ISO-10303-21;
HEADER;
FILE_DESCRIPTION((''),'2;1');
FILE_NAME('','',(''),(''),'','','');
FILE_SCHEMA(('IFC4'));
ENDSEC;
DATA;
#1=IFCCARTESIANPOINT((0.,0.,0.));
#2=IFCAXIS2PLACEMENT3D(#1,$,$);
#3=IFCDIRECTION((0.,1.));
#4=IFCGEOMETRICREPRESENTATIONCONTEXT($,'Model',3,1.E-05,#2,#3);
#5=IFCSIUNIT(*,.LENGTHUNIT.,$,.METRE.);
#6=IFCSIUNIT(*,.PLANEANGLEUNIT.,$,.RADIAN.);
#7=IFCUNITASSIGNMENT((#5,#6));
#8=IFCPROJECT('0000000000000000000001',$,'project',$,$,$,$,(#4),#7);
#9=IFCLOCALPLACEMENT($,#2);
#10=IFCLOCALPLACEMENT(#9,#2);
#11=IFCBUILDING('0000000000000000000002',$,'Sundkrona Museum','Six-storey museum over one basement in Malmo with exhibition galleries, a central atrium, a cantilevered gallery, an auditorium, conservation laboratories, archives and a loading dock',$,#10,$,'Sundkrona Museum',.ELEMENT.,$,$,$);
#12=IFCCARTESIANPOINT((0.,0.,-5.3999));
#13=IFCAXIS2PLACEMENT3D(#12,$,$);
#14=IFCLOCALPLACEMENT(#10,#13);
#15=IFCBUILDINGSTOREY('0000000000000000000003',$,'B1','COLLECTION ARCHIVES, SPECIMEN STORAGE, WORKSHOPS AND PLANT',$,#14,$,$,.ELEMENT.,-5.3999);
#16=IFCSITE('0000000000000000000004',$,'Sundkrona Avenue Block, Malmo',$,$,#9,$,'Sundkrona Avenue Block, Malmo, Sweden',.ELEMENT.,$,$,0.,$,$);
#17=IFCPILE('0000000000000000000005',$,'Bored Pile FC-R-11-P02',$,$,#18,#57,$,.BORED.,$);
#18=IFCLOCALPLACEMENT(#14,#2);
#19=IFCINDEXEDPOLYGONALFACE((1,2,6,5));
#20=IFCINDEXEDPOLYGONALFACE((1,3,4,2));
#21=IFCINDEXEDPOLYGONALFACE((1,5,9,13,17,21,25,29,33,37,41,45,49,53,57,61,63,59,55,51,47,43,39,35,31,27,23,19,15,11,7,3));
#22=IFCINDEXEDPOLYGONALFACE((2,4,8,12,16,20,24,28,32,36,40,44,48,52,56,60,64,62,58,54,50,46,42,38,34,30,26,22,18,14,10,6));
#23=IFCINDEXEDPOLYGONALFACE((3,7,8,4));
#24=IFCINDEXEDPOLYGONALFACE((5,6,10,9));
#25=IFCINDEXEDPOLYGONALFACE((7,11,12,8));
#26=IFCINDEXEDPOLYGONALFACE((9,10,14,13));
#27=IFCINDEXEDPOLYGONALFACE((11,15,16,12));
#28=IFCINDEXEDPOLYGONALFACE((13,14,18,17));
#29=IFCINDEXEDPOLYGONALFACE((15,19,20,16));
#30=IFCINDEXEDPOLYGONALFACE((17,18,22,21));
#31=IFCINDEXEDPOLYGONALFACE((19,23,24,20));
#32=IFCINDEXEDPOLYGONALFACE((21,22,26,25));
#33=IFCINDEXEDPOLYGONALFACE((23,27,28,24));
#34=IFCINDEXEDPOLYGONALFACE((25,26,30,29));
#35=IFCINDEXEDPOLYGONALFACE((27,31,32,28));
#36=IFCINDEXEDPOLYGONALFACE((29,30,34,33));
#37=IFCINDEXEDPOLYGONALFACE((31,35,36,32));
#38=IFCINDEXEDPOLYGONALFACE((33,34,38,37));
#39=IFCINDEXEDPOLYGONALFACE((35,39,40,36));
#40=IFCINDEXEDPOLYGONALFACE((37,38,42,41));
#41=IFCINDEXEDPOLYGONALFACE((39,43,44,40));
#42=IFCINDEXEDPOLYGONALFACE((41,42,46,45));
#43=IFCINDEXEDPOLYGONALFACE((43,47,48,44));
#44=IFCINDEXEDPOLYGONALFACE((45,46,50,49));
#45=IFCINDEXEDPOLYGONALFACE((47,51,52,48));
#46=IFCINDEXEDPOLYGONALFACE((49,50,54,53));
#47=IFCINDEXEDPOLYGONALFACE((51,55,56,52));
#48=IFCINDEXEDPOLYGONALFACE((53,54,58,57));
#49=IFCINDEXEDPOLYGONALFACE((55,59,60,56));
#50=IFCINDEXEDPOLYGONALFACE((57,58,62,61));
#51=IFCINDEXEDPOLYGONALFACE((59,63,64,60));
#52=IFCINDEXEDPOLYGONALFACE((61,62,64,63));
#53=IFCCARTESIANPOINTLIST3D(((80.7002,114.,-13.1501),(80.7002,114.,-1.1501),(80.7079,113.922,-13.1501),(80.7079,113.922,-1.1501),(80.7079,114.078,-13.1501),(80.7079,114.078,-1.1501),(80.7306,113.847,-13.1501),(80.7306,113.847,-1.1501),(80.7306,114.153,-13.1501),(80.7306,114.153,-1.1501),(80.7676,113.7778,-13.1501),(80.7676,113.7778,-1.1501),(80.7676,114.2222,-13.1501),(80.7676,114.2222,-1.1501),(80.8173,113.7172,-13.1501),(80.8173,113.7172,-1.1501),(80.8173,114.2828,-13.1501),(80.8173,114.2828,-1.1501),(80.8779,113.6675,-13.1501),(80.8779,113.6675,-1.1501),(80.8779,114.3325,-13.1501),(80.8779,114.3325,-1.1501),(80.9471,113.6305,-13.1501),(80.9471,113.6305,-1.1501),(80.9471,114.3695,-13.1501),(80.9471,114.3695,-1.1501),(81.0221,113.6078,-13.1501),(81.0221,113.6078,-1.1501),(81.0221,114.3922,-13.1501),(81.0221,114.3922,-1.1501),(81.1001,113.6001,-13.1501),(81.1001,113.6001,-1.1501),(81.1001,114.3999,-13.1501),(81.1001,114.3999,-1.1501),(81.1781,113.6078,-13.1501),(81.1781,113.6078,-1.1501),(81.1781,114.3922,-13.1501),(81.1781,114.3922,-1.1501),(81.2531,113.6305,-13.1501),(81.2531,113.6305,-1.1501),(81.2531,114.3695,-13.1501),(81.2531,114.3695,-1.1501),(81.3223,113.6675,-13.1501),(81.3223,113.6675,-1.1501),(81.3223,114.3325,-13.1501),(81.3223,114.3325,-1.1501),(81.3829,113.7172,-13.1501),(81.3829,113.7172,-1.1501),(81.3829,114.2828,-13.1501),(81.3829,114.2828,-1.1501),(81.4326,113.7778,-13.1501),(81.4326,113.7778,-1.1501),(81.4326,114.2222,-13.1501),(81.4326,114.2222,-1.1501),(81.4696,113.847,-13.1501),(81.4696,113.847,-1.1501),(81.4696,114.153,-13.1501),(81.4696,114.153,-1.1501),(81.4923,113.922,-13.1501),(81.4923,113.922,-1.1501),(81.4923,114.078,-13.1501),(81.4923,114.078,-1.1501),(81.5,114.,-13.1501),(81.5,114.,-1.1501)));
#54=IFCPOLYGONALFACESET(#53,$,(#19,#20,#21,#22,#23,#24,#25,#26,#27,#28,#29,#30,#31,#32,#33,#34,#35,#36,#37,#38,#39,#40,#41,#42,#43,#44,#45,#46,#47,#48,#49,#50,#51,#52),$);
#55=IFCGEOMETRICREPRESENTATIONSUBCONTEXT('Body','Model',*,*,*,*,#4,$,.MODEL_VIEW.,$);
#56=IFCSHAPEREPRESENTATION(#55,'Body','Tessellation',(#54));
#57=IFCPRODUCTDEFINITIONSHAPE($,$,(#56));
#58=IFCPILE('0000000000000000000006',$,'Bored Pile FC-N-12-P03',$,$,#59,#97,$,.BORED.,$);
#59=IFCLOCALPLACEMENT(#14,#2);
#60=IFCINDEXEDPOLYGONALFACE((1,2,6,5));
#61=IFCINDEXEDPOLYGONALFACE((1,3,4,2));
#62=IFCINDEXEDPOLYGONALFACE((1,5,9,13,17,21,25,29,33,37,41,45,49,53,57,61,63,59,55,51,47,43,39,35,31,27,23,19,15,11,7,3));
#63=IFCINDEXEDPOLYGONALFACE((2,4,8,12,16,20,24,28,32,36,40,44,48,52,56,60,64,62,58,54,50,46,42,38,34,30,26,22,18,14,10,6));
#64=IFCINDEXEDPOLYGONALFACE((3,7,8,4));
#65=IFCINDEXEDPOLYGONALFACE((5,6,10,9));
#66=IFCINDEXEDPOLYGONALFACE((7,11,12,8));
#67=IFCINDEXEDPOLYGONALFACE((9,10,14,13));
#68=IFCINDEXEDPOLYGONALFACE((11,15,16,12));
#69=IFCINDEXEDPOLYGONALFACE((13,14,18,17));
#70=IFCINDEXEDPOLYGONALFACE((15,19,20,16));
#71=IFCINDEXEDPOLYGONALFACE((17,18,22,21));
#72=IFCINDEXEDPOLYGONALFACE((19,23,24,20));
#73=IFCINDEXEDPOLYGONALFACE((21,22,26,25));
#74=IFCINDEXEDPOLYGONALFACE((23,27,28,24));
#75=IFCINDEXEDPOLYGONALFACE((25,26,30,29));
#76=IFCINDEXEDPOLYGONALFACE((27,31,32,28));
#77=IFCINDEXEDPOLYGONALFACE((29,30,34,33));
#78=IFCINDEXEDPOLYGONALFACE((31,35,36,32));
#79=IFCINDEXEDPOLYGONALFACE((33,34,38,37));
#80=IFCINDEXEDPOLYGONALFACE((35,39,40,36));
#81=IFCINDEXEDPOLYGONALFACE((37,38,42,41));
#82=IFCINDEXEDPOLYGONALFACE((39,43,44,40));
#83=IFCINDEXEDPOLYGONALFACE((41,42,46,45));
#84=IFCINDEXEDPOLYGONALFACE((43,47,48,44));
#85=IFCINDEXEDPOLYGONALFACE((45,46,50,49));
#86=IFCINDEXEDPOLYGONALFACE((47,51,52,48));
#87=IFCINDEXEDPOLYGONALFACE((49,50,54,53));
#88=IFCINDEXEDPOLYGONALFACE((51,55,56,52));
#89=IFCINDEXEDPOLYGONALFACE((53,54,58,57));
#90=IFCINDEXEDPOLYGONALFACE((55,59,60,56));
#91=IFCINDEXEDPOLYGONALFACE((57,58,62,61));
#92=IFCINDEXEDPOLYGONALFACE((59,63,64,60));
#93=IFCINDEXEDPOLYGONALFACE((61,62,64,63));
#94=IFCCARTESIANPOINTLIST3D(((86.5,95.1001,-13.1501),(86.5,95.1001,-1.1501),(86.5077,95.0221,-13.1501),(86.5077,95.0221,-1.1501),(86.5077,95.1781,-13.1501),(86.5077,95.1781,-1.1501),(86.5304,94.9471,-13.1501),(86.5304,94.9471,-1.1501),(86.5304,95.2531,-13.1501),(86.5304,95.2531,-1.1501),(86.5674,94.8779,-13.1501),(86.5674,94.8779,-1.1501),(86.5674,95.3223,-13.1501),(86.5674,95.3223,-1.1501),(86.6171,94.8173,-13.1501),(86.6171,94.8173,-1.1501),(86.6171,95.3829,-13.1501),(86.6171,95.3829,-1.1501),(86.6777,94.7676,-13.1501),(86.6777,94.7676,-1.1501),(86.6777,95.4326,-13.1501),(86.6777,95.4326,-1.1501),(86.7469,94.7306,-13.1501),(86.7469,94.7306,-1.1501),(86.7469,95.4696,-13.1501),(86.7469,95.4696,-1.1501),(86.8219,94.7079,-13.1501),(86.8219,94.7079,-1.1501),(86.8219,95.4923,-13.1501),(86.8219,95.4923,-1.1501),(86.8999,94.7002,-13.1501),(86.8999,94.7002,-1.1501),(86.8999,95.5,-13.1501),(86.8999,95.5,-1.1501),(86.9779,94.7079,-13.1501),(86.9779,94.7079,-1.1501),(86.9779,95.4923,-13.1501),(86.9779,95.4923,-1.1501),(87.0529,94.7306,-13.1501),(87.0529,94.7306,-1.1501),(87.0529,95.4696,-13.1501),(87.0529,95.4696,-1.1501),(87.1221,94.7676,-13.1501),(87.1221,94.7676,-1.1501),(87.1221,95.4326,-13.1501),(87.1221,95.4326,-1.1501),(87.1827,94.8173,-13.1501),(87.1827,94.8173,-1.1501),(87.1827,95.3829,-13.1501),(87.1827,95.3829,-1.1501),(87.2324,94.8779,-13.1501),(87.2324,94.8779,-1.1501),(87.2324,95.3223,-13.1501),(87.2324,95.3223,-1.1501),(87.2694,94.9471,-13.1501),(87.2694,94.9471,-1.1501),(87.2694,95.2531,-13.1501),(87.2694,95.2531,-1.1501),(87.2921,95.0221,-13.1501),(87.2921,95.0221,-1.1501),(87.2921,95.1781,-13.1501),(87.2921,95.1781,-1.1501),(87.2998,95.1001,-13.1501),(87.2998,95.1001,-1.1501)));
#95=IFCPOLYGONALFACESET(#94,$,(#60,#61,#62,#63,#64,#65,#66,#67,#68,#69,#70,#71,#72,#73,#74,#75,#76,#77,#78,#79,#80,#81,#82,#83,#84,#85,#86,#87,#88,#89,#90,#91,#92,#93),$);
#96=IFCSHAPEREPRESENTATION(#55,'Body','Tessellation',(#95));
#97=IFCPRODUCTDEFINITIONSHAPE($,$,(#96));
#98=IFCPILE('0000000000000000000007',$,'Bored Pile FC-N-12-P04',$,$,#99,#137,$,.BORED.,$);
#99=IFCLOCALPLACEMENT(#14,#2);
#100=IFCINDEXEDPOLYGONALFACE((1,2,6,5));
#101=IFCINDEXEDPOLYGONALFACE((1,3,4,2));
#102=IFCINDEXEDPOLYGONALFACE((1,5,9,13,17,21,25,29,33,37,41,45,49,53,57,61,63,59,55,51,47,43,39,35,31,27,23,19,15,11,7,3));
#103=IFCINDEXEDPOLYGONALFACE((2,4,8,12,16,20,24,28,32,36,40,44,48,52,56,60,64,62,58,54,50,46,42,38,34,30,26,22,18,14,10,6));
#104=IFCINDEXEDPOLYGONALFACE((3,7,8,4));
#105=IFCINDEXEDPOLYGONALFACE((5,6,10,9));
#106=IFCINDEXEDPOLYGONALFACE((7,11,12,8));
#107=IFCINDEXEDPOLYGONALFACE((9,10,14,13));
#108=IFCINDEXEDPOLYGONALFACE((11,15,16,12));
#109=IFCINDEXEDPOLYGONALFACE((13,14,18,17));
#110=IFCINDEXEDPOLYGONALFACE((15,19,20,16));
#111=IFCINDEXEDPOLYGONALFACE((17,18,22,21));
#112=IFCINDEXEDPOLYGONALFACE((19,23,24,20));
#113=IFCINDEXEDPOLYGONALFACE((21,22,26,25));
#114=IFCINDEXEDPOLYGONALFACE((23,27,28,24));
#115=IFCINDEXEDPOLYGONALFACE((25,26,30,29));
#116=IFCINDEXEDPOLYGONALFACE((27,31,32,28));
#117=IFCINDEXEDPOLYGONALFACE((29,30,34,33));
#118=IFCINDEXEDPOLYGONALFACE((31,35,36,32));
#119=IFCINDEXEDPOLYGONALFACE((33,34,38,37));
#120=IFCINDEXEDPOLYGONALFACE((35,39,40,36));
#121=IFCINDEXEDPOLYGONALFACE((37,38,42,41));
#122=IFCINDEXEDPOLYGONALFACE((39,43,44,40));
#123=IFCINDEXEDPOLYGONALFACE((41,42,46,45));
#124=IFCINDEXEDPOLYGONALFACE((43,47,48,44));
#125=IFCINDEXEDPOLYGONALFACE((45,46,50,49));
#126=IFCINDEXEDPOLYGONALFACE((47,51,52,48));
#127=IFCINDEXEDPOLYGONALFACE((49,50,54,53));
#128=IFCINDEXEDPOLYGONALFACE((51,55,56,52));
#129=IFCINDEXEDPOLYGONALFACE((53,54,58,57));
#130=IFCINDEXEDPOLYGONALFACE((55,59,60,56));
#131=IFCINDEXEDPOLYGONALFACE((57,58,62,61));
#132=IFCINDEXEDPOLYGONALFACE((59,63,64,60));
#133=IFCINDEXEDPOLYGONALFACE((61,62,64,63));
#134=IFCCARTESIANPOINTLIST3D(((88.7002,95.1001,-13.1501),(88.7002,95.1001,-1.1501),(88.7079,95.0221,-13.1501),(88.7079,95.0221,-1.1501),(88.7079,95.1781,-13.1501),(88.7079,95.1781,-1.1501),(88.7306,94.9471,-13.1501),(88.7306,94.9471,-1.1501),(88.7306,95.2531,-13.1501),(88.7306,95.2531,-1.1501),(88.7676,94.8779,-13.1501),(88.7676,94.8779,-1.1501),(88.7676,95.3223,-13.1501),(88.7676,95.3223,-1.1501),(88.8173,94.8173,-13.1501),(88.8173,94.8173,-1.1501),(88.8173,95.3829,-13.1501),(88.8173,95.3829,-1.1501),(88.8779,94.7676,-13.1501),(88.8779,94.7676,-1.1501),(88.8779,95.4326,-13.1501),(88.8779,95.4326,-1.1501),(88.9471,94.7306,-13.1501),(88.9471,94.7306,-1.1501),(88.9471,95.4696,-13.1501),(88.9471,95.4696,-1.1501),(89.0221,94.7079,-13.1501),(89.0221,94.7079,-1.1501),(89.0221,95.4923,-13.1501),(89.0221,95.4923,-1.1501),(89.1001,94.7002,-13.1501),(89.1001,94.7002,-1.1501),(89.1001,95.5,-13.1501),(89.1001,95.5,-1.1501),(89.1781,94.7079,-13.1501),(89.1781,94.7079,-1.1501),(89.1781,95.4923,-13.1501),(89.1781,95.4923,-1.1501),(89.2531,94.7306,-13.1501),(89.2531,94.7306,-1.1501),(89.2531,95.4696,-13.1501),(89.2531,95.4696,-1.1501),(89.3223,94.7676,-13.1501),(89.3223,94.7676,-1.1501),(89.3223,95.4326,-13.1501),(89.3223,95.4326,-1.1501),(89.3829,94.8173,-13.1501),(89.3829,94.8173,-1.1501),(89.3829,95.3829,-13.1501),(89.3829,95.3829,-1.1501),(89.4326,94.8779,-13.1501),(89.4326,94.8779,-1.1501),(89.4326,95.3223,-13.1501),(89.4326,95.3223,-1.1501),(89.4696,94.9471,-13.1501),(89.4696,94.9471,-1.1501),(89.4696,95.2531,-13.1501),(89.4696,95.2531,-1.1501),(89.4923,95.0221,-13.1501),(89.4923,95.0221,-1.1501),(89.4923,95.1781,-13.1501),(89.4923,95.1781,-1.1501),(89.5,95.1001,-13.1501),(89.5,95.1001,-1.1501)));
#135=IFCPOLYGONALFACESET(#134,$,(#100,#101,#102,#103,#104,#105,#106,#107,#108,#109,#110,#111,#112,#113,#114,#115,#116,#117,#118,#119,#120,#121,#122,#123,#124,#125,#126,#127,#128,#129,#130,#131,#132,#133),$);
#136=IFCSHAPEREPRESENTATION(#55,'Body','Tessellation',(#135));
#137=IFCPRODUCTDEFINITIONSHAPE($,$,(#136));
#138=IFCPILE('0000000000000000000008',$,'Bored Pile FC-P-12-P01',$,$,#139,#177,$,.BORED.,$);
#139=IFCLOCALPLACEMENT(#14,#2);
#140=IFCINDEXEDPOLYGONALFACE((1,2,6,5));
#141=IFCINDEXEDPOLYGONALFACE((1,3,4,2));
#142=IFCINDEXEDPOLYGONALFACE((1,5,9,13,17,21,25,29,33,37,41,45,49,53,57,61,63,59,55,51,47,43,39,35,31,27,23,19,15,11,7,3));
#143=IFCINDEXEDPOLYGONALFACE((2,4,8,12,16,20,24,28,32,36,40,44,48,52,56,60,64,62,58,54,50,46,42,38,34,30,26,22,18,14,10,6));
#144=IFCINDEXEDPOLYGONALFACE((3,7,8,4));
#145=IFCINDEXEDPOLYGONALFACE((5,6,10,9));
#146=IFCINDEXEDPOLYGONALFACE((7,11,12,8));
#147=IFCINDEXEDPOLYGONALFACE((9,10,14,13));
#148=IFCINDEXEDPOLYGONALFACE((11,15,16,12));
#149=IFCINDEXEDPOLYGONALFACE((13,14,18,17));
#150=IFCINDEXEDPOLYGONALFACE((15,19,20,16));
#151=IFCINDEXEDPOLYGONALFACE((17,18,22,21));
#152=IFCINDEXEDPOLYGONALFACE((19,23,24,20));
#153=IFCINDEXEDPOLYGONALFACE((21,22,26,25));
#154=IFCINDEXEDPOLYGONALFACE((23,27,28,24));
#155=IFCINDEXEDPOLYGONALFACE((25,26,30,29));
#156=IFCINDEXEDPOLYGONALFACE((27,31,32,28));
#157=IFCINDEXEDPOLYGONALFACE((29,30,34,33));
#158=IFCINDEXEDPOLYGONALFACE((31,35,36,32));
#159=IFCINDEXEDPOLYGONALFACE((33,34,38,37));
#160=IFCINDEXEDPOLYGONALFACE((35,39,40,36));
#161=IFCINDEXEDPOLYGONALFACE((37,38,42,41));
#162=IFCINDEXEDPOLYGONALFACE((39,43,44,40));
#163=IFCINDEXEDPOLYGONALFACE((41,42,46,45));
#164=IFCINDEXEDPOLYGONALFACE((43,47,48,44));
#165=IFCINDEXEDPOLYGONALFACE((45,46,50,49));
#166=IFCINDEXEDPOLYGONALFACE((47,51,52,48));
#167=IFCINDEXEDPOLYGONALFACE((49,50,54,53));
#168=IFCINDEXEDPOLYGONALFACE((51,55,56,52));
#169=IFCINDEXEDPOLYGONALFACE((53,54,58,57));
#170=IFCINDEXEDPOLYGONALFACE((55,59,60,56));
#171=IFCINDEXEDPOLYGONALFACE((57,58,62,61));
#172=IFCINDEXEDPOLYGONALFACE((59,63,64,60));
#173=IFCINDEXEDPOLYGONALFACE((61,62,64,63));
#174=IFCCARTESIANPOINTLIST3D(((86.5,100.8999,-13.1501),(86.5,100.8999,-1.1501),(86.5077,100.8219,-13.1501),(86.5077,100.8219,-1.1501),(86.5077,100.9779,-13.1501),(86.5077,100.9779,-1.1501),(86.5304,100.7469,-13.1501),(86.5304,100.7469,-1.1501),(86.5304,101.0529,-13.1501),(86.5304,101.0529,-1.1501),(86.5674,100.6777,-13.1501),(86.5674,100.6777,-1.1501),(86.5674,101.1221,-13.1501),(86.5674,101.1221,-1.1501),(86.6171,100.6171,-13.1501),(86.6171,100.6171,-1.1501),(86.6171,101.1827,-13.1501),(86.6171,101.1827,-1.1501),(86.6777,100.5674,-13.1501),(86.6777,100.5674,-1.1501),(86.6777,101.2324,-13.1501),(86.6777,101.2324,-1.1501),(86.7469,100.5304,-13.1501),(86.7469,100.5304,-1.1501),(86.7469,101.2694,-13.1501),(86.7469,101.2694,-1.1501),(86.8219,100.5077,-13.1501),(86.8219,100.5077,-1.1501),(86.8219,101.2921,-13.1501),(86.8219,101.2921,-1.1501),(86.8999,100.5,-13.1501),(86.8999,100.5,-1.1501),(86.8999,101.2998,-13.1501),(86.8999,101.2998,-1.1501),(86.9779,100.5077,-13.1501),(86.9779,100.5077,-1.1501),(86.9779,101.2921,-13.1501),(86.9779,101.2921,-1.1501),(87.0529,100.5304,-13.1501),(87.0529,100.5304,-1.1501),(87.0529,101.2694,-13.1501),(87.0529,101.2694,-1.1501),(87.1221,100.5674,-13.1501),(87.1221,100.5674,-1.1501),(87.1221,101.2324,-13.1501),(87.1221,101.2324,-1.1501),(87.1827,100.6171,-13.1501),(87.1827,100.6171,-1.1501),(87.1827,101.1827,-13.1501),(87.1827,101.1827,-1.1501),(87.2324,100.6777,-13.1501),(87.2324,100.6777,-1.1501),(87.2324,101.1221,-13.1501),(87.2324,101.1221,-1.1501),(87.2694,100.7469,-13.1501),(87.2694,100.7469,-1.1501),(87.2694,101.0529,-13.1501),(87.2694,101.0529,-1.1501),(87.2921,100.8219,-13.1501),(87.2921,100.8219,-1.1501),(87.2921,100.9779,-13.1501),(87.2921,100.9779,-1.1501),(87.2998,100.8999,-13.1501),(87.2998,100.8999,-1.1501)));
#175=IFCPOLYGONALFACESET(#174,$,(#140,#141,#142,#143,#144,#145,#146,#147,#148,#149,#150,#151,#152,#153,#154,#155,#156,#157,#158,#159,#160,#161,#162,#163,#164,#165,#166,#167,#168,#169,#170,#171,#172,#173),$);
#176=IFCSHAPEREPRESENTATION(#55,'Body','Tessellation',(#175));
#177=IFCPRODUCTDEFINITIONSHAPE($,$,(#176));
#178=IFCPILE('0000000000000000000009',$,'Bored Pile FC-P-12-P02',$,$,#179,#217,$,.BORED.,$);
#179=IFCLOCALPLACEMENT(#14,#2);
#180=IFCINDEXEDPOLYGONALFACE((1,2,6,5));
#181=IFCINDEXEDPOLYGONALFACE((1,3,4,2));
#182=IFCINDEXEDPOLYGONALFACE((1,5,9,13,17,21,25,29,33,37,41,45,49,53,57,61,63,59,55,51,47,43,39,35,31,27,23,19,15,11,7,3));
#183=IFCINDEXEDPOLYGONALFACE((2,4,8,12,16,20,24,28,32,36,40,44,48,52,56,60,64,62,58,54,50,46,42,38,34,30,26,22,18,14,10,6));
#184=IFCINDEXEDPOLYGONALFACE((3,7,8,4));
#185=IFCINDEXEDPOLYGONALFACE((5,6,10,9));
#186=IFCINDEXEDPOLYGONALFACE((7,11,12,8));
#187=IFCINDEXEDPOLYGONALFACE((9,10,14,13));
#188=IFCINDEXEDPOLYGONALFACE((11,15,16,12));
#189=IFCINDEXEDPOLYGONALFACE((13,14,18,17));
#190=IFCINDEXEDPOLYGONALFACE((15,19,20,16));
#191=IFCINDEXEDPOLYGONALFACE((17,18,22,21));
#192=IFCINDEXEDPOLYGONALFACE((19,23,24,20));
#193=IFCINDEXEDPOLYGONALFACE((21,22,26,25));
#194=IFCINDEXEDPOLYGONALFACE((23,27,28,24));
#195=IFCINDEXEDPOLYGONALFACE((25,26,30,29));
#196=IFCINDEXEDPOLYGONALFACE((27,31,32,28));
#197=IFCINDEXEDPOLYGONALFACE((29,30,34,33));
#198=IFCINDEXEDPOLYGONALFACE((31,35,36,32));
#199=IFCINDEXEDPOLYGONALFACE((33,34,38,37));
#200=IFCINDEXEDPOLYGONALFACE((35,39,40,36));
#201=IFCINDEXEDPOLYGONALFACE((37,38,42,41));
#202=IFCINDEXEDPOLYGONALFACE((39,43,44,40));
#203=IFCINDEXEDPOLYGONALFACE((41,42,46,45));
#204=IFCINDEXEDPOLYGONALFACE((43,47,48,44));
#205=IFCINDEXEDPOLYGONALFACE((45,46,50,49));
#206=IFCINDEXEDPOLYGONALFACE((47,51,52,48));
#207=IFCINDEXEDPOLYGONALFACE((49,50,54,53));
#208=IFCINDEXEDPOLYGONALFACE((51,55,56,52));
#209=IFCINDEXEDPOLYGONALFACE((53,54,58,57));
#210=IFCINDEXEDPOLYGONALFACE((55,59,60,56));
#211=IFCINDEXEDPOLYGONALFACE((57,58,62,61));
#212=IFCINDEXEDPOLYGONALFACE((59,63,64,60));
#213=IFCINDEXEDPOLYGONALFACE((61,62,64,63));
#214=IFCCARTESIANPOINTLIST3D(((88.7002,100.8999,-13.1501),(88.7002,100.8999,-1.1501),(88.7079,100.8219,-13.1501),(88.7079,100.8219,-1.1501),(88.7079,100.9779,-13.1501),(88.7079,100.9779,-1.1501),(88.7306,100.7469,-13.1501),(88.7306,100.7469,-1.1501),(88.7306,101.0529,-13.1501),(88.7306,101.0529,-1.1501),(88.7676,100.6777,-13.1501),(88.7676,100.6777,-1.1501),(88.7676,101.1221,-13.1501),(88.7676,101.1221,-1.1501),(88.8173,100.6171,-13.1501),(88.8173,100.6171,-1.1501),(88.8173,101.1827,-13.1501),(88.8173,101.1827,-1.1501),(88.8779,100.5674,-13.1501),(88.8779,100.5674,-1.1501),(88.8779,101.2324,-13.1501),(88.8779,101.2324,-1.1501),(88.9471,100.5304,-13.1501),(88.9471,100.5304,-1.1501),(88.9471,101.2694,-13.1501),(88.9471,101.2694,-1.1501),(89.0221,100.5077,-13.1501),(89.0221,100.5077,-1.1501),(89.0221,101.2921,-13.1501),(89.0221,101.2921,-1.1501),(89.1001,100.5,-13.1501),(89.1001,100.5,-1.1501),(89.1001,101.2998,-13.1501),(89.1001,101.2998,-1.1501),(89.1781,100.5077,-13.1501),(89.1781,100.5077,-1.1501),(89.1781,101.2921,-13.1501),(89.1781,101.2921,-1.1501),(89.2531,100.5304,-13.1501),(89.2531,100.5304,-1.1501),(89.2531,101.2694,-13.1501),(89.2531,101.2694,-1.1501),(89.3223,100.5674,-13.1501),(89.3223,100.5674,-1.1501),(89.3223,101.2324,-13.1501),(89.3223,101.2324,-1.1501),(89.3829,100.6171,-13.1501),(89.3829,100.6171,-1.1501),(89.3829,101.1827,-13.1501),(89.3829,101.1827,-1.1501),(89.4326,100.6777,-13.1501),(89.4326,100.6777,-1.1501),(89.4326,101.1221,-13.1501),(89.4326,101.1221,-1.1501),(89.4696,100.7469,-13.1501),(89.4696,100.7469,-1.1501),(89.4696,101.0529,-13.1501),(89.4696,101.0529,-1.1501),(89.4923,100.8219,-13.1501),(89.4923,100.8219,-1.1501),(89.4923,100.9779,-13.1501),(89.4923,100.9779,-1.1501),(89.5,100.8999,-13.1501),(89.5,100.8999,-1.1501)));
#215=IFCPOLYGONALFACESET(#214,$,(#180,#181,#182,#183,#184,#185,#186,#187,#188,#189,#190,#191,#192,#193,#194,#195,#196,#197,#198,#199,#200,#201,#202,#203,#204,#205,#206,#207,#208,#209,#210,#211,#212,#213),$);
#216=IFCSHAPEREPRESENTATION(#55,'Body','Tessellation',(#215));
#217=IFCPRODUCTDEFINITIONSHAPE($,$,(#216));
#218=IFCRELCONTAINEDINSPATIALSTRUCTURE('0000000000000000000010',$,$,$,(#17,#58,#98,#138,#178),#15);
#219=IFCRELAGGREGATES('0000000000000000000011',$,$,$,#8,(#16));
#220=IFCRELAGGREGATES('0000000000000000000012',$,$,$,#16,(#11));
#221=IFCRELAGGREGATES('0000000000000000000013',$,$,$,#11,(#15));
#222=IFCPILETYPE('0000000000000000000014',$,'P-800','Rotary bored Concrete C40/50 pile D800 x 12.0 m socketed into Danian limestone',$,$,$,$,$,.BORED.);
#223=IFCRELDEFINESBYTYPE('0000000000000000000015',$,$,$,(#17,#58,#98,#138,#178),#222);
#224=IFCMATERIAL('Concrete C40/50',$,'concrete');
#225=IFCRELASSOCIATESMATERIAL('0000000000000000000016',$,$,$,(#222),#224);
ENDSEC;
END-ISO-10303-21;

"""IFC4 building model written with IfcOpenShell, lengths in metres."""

from ifc_helpers import new_model, si_unit, direction, frame, origin, origin_2d, place, context, subcontext, project, spatial, circle, extrude, material, material_profile, profile_set, type_object, element, save


model = new_model("IFC4")

# Units and contexts
model_context = context("Model", 3, precision=1e-05, world=origin(), true_north=direction((0.0, 1.0)))
body_context = subcontext(model_context, "Body", "Model", "MODEL_VIEW")
ifc_project = project(units=[si_unit("LENGTHUNIT", "METRE"), si_unit("PLANEANGLEUNIT", "RADIAN")], contexts=[model_context])

# Site, building, storey
site_placement = place(None, origin())
site = spatial("IfcSite", under=ifc_project, at=site_placement, Name="Sundkrona Avenue Block, Malmo", LongName="Sundkrona Avenue Block, Malmo, Sweden", CompositionType="ELEMENT", RefElevation=0.0)
building_placement = place(site_placement, origin())
building = spatial("IfcBuilding", under=site, at=building_placement, Name="Sundkrona Museum", Description="Six-storey museum over one basement in Malmo with exhibition galleries, a central atrium, a cantilevered gallery, an auditorium, conservation laboratories, archives and a loading dock", LongName="Sundkrona Museum", CompositionType="ELEMENT")
storey_placement = place(building_placement, frame((0.0, 0.0, -5.3999)))
storey = spatial("IfcBuildingStorey", under=building, at=storey_placement, Name="B1", Description="COLLECTION ARCHIVES, SPECIMEN STORAGE, WORKSHOPS AND PLANT", CompositionType="ELEMENT", Elevation=-5.3999)

# Shared definitions
ifc_material_1 = material(Name="Concrete C40/50", Category="concrete")

# Piles
ifc_material_profile_1 = material_profile(ifc_material_1, circle(Radius=0.3999, at=origin_2d()), Name="PILE D800")
ifc_profile_set_1 = profile_set([ifc_material_profile_1], Name="Concrete C40/50")
pile_type = type_object("IfcPileType", Name="P-800", Description="Rotary bored Concrete C40/50 pile D800 x 12.0 m socketed into Danian limestone", PredefinedType="BORED", material=ifc_profile_set_1)
for number, where, z_axis, x_axis, name in (
    (1, (81.1001, 114.0, -1.1501), (0.0, 0.0, -1.0), (1.0, 0.0, 0.0), "Bored Pile FC-R-11-P02"),
    (2, (86.8999, 95.1001, -1.1501), (0.0, 0.0, -1.0), (1.0, 0.0, 0.0), "Bored Pile FC-N-12-P03"),
    (3, (89.1001, 95.1001, -1.1501), (0.0, 0.0, -1.0), (1.0, 0.0, 0.0), "Bored Pile FC-N-12-P04"),
    (4, (86.8999, 100.8999, -1.1501), (0.0, 0.0, -1.0), (1.0, 0.0, 0.0), "Bored Pile FC-P-12-P01"),
    (5, (89.1001, 100.8999, -1.1501), (0.0, 0.0, -1.0), (1.0, 0.0, 0.0), "Bored Pile FC-P-12-P02"),
):
    element("IfcPile", number, at=place(storey_placement, frame(where, z_axis=z_axis, x_axis=x_axis)), inside=storey, type_object=pile_type, Name=name, PredefinedType="BORED", context=body_context, shape_type="SweptSolid", body=[
        extrude(circle(Radius=0.3999, at=origin_2d()), origin(), (0.0, 0.0, 1.0), 12.0),
    ])

save(model, "model.ifc")
